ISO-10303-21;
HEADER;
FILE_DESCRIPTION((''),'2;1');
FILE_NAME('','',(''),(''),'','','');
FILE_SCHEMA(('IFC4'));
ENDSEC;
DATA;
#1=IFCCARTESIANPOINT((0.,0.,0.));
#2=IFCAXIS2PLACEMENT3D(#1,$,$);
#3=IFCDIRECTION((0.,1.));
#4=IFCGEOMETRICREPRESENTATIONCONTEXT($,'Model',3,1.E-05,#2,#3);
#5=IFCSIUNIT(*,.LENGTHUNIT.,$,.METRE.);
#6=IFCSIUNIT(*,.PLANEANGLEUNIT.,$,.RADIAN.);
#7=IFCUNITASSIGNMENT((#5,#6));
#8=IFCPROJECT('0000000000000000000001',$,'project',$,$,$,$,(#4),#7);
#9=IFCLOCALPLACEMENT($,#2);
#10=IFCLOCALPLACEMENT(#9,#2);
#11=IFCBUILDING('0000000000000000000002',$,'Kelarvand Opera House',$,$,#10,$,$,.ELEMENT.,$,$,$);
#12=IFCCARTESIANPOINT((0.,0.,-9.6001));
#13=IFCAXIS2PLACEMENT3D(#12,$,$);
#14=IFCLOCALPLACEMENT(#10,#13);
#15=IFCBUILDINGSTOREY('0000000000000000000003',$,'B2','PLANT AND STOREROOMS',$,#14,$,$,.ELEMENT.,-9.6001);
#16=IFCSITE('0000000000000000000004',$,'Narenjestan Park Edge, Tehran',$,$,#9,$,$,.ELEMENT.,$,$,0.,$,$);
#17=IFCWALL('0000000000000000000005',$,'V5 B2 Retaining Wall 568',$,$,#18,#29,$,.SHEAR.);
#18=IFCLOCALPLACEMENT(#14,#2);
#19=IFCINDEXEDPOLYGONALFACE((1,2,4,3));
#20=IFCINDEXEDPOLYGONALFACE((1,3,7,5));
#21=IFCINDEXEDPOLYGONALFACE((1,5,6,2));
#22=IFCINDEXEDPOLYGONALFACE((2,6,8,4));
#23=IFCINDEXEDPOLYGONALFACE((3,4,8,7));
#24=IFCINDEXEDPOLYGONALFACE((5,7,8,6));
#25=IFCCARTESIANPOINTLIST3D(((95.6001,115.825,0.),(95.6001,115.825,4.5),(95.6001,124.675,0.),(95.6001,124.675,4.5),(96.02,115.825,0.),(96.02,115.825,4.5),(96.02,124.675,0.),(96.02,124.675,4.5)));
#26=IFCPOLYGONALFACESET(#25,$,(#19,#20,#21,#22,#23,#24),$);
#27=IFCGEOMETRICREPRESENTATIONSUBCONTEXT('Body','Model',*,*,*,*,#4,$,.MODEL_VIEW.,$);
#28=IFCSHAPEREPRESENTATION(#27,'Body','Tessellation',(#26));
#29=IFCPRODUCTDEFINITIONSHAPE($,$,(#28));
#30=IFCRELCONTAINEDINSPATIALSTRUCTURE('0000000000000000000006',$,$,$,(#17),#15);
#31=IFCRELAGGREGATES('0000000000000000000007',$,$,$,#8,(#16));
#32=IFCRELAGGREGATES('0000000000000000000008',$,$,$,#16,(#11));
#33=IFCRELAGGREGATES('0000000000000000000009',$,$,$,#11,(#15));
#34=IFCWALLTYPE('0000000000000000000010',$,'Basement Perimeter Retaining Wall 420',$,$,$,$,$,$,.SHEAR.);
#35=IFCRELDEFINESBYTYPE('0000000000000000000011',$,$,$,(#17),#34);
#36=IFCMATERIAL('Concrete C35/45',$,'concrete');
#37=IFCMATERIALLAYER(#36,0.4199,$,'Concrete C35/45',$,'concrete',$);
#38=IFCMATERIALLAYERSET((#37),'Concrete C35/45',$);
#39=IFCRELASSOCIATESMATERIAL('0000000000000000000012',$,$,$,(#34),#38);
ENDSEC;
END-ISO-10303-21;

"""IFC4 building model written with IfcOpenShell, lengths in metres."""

from ifc_helpers import new_model, si_unit, direction, frame, frame_2d, origin, place, context, subcontext, project, spatial, rectangle, extrude, material, layer, layer_set, type_object, element, save


model = new_model("IFC4")

# Units and contexts
model_context = context("Model", 3, precision=1e-05, world=origin(), true_north=direction((0.0, 1.0)))
body_context = subcontext(model_context, "Body", "Model", "MODEL_VIEW")
ifc_project = project(units=[si_unit("LENGTHUNIT", "METRE"), si_unit("PLANEANGLEUNIT", "RADIAN")], contexts=[model_context])

# Site, building, storey
site_placement = place(None, origin())
site = spatial("IfcSite", under=ifc_project, at=site_placement, Name="Narenjestan Park Edge, Tehran", CompositionType="ELEMENT", RefElevation=0.0)
building_placement = place(site_placement, origin())
building = spatial("IfcBuilding", under=site, at=building_placement, Name="Kelarvand Opera House", CompositionType="ELEMENT")
storey_placement = place(building_placement, frame((0.0, 0.0, -9.6001)))
storey = spatial("IfcBuildingStorey", under=building, at=storey_placement, Name="B2", Description="PLANT AND STOREROOMS", CompositionType="ELEMENT", Elevation=-9.6001)

# Wall
ifc_material_1 = material(Name="Concrete C35/45", Category="concrete")
ifc_layer = layer(ifc_material_1, 0.4199, Name="Concrete C35/45", Category="concrete")
ifc_layer_set = layer_set([ifc_layer], Name="Concrete C35/45")
wall_type = type_object("IfcWallType", Name="Basement Perimeter Retaining Wall 420", PredefinedType="SHEAR", material=ifc_layer_set)
for number, where, z_axis, x_axis, name in (
    (1, (95.8101, 115.825, 0.0), (0.0, 0.0, 1.0), (0.0, 1.0, 0.0), "V5 B2 Retaining Wall 568"),
):
    element("IfcWall", number, at=place(storey_placement, frame(where, z_axis=z_axis, x_axis=x_axis)), inside=storey, type_object=wall_type, Name=name, PredefinedType="SHEAR", context=body_context, shape_type="SweptSolid", body=[
        extrude(rectangle(XDim=8.8501, YDim=0.4199, at=frame_2d((4.425, 0.0))), origin(), (0.0, 0.0, 1.0), 4.5),
    ])

save(model, "model.ifc")
